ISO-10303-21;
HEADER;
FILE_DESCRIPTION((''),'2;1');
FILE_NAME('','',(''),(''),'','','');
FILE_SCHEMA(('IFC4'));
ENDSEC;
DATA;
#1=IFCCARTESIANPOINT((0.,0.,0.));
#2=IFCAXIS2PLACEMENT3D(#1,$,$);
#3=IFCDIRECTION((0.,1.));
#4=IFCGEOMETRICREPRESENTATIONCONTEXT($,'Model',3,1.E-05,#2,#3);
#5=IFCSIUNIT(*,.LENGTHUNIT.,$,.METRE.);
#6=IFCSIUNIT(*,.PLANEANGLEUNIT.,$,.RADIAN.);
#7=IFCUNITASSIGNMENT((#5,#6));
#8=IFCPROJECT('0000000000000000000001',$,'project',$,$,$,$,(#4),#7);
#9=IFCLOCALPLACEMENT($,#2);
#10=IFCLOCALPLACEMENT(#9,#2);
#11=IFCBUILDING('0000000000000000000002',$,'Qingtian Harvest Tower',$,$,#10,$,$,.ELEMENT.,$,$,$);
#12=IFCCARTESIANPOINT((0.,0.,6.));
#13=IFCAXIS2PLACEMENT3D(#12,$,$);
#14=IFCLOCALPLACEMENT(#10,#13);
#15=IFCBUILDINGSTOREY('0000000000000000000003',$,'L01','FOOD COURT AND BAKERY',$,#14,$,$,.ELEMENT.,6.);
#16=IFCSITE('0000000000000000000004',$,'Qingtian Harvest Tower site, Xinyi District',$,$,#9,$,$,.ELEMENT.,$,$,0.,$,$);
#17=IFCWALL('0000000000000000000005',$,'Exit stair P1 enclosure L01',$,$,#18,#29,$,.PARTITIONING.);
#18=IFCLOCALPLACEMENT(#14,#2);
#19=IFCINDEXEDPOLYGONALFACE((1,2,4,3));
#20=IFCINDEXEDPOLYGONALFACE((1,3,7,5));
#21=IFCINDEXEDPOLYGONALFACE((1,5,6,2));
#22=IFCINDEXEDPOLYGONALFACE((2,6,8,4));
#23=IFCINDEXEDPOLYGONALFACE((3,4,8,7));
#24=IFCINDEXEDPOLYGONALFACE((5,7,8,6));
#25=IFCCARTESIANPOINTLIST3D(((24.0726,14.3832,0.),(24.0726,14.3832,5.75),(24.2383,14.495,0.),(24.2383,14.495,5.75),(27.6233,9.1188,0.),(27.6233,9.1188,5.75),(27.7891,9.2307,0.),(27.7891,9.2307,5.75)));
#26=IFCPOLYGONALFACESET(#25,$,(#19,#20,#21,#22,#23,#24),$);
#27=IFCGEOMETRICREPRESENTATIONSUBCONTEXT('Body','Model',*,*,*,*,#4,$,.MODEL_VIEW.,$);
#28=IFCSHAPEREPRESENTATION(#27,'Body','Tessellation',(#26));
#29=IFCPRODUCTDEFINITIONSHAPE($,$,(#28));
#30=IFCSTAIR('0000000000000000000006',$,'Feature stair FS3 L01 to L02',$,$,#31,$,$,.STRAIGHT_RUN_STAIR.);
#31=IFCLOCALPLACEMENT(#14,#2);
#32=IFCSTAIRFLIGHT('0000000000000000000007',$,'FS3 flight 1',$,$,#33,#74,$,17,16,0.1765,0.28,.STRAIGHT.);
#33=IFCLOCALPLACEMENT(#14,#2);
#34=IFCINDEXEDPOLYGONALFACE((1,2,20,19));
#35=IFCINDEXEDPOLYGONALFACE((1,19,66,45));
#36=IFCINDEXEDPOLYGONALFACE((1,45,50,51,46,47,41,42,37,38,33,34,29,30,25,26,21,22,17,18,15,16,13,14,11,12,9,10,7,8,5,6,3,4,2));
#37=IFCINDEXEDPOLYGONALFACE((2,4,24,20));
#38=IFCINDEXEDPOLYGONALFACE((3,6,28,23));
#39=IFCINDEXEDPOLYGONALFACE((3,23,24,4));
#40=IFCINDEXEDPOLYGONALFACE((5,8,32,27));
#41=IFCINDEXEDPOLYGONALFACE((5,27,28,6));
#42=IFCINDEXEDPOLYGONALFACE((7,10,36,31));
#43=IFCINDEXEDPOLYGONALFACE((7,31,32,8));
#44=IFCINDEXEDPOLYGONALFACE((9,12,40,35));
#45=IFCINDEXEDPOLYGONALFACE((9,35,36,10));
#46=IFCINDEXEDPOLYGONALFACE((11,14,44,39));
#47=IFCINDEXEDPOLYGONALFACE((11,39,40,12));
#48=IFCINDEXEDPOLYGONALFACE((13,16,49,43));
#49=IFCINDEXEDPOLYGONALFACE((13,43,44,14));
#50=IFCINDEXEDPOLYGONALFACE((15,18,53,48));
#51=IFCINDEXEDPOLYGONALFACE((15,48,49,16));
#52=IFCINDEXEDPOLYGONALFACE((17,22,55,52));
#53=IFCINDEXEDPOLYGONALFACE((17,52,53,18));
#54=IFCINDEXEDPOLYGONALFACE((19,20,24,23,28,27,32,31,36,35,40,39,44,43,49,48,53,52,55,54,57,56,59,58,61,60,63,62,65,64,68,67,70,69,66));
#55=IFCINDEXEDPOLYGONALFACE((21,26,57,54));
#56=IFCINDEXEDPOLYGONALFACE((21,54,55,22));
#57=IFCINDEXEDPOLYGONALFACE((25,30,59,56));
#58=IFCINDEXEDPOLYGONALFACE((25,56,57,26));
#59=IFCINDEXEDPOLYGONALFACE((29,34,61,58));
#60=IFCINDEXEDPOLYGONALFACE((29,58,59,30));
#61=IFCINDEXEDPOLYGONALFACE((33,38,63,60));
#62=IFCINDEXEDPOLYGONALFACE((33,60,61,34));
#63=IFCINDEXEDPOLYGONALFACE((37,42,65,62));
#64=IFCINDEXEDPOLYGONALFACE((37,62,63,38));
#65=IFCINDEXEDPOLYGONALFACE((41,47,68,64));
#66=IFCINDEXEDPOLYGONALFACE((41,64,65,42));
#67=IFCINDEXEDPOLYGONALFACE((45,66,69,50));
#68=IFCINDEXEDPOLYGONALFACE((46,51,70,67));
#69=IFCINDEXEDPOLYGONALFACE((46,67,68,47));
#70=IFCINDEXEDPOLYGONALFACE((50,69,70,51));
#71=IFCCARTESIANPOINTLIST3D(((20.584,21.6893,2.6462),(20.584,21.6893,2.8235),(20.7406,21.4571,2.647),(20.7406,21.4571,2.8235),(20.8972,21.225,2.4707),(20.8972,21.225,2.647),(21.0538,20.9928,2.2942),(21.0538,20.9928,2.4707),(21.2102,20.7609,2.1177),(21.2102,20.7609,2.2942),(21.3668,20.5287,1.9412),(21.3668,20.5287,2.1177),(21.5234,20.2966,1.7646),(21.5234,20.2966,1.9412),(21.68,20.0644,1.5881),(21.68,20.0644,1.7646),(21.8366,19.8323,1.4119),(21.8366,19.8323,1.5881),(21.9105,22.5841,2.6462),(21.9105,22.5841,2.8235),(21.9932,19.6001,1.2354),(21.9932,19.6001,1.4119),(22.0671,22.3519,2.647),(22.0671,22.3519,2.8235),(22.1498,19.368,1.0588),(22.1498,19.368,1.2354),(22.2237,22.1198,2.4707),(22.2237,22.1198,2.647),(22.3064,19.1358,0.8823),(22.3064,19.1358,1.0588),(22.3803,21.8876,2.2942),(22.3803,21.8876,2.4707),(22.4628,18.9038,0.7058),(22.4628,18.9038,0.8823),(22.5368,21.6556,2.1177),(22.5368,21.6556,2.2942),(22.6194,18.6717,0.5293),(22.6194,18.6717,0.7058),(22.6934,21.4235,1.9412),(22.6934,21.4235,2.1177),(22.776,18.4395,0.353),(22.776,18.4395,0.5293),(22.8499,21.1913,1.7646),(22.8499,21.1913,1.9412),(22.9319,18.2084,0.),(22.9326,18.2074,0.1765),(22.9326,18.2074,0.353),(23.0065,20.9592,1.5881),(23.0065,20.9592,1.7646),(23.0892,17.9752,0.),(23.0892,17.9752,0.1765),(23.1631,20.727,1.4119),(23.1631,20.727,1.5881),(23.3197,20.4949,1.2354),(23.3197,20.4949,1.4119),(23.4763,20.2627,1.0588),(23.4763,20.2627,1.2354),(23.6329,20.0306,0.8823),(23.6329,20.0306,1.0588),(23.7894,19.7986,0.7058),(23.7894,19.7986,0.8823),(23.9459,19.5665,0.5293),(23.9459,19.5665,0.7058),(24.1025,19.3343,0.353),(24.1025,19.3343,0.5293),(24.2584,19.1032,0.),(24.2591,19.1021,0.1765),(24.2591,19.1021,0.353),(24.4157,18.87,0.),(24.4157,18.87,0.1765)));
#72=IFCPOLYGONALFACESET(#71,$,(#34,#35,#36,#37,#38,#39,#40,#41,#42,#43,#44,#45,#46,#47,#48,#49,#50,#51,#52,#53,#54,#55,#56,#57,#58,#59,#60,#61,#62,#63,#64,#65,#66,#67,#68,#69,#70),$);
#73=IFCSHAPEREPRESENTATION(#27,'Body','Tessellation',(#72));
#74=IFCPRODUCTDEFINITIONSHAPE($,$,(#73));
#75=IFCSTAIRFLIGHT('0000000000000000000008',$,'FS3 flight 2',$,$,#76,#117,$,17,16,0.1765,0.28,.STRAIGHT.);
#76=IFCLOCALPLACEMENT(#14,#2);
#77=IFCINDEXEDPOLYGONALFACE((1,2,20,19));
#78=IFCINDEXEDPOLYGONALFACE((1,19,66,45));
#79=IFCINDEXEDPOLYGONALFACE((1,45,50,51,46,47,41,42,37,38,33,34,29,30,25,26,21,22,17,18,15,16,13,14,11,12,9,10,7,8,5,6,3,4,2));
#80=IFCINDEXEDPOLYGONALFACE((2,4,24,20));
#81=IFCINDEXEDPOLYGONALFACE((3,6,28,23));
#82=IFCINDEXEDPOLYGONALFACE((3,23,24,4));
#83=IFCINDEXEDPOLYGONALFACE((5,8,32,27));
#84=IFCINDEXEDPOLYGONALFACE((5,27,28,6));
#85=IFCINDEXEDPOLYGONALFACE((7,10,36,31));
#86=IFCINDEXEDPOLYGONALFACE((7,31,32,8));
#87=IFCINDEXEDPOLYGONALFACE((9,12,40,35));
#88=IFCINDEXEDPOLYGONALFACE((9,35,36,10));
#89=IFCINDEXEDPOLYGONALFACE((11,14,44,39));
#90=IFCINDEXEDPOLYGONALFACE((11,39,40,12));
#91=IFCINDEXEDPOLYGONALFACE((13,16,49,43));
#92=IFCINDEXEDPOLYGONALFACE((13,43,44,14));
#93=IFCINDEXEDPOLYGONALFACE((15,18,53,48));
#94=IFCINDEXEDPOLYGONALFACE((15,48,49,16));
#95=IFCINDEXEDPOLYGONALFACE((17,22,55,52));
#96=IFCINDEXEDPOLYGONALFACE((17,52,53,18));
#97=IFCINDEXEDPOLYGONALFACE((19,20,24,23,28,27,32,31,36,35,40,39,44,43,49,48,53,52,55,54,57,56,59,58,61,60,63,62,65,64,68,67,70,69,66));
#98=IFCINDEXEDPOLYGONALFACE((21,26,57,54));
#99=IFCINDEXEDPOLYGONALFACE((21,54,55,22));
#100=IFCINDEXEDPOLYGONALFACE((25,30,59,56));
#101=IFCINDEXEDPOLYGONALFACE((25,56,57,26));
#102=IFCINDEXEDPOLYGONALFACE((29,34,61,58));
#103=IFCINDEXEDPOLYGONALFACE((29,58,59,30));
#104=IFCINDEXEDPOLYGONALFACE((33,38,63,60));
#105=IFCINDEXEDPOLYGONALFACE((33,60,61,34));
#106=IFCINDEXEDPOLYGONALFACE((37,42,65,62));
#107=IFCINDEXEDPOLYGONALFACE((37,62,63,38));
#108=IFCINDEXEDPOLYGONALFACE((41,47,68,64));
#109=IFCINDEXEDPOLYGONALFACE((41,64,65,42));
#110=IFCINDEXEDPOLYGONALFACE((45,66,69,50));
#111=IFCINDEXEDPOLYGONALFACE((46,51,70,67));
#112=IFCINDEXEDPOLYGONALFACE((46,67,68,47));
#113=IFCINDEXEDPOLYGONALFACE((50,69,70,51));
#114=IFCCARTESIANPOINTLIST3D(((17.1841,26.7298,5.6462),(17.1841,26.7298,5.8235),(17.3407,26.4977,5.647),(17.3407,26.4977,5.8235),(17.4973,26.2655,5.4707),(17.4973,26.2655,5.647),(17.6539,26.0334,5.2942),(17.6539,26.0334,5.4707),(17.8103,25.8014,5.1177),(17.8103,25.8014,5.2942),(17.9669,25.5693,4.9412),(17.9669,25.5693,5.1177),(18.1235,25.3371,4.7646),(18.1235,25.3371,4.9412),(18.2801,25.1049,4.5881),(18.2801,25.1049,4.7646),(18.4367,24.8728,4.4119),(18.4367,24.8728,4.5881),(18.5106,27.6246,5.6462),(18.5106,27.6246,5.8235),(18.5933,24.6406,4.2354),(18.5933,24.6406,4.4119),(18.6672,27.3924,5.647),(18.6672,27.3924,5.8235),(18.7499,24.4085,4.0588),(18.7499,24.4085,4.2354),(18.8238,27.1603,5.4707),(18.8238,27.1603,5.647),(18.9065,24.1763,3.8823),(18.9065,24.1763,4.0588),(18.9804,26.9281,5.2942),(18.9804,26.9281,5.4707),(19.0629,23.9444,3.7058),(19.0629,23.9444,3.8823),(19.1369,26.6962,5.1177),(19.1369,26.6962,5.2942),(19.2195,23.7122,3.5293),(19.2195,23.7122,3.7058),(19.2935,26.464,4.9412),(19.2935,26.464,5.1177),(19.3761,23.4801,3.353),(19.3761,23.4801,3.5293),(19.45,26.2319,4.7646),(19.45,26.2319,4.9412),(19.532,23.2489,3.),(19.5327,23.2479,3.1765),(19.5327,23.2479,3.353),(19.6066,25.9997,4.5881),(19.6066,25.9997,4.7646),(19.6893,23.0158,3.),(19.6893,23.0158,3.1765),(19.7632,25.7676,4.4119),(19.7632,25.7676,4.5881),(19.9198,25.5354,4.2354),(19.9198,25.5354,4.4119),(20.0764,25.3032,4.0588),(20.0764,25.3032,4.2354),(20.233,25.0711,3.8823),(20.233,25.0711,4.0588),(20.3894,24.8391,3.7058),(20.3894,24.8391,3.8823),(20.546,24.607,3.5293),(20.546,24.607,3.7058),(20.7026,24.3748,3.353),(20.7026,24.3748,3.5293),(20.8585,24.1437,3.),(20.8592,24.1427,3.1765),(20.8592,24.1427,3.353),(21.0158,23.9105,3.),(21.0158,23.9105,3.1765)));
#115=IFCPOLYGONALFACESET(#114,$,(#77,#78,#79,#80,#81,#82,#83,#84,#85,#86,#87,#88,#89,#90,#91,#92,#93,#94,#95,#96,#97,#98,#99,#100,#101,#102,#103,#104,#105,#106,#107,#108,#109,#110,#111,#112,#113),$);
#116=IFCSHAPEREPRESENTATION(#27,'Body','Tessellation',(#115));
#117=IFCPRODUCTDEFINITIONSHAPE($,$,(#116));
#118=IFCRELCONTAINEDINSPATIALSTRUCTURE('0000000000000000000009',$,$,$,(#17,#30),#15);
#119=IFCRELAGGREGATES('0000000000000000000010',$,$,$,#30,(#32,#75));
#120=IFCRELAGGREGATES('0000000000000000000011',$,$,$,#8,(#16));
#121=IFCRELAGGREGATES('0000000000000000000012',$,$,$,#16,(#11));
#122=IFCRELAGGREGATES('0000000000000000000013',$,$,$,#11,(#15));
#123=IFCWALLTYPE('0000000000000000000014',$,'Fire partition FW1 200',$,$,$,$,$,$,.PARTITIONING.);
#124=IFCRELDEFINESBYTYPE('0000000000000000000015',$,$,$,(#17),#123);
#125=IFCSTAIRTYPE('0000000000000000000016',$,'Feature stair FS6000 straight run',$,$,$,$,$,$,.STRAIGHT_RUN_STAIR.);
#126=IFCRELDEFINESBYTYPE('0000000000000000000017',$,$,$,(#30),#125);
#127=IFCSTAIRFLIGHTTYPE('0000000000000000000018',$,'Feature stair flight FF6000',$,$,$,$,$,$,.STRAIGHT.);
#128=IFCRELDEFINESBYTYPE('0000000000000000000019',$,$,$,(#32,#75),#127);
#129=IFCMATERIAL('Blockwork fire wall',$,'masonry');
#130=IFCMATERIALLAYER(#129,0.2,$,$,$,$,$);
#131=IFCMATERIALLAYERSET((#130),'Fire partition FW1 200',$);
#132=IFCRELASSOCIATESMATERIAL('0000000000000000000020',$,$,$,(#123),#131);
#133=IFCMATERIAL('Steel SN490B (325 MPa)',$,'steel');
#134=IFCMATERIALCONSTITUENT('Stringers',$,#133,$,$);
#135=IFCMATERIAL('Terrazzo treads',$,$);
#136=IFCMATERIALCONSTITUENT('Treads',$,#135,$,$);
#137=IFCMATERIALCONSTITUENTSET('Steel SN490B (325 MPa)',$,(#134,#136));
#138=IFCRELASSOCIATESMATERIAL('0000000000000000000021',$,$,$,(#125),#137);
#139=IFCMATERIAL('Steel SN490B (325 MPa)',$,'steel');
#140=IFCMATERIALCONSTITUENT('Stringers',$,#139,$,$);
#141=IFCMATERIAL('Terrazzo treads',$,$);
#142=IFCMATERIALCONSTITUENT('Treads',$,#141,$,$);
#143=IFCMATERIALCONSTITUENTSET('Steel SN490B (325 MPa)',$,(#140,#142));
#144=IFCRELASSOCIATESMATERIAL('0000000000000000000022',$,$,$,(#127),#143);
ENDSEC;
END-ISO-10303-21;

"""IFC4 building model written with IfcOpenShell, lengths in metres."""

from ifc_helpers import new_model, si_unit, direction, frame, frame_2d, origin, place, context, subcontext, project, spatial, polyline, rectangle, outline, extrude, material, layer, layer_set, constituent, constituent_set, type_object, element, aggregate, save


model = new_model("IFC4")

# Units and contexts
model_context = context("Model", 3, precision=1e-05, world=origin(), true_north=direction((0.0, 1.0)))
body_context = subcontext(model_context, "Body", "Model", "MODEL_VIEW")
ifc_project = project(units=[si_unit("LENGTHUNIT", "METRE"), si_unit("PLANEANGLEUNIT", "RADIAN")], contexts=[model_context])

# Site, building, storey
site_placement = place(None, origin())
site = spatial("IfcSite", under=ifc_project, at=site_placement, Name="Qingtian Harvest Tower site, Xinyi District", CompositionType="ELEMENT", RefElevation=0.0)
building_placement = place(site_placement, origin())
building = spatial("IfcBuilding", under=site, at=building_placement, Name="Qingtian Harvest Tower", CompositionType="ELEMENT")
storey_placement = place(building_placement, frame((0.0, 0.0, 6.0)))
storey = spatial("IfcBuildingStorey", under=building, at=storey_placement, Name="L01", Description="FOOD COURT AND BAKERY", CompositionType="ELEMENT", Elevation=6.0)

# Shared definitions
ifc_material_1 = material(Name="Blockwork fire wall", Category="masonry")
ifc_layer_1 = layer(ifc_material_1, 0.2)
ifc_layer_set_1 = layer_set([ifc_layer_1], Name="Fire partition FW1 200")
wall_type_1 = type_object("IfcWallType", Name="Fire partition FW1 200", PredefinedType="PARTITIONING", material=ifc_layer_set_1)

# Wall
wall_1_placement = place(storey_placement, frame((24.1555, 14.439, 0.0), z_axis=(0.0, 0.0, 1.0), x_axis=(0.559182, -0.829045, 0.0)))
element("IfcWall", 1, at=wall_1_placement, inside=storey, type_object=wall_type_1, Name="Exit stair P1 enclosure L01", PredefinedType="PARTITIONING", context=body_context, shape_type="SweptSolid", body=[
    extrude(rectangle(XDim=6.3499, YDim=0.2, at=frame_2d((3.1748, 0.0))), origin(), (0.0, 0.0, 1.0), 5.75),
])

# Stair, stair flights
ifc_material_2 = material(Name="Steel SN490B (325 MPa)", Category="steel")
ifc_constituent_1 = constituent(ifc_material_2, Name="Stringers")
ifc_material_3 = material(Name="Terrazzo treads")
ifc_constituent_2 = constituent(ifc_material_3, Name="Treads")
ifc_constituent_set_1 = constituent_set(constituents=[ifc_constituent_1, ifc_constituent_2], Name="Steel SN490B (325 MPa)")
stair_type = type_object("IfcStairType", Name="Feature stair FS6000 straight run", PredefinedType="STRAIGHT_RUN_STAIR", material=ifc_constituent_set_1)
stair_placement = place(storey_placement, origin())
stair = element("IfcStair", 2, at=stair_placement, inside=storey, type_object=stair_type, Name="Feature stair FS3 L01 to L02", PredefinedType="STRAIGHT_RUN_STAIR")
ifc_material_4 = material(Name="Steel SN490B (325 MPa)", Category="steel")
ifc_constituent_3 = constituent(ifc_material_4, Name="Stringers")
ifc_material_5 = material(Name="Terrazzo treads")
ifc_constituent_4 = constituent(ifc_material_5, Name="Treads")
ifc_constituent_set_2 = constituent_set(constituents=[ifc_constituent_3, ifc_constituent_4], Name="Steel SN490B (325 MPa)")
stair_flight_type = type_object("IfcStairFlightType", Name="Feature stair flight FF6000", PredefinedType="STRAIGHT", material=ifc_constituent_set_2)
stair_flight_1_placement = place(storey_placement, frame((23.7524, 18.4226, 0.0), z_axis=(0.0, 0.0, 1.0), x_axis=(-0.559193, 0.829038, 0.0)))
stair_flight_1 = element("IfcStairFlight", 3, at=stair_flight_1_placement, type_object=stair_flight_type, Name="FS3 flight 1", NumberOfRisers=17, NumberOfTreads=16, PredefinedType="STRAIGHT", RiserHeight=0.1765, TreadLength=0.28, context=body_context, shape_type="SweptSolid", body=[
    extrude(outline(polyline([(0.0, 0.0), (0.0, 0.1765), (0.28, 0.1765), (0.28, 0.353), (0.5601, 0.353), (0.5601, 0.5293), (0.8401, 0.5293), (0.8401, 0.7058), (1.1201, 0.7058), (1.1201, 0.8823), (1.3999, 0.8823), (1.3999, 1.0588), (1.6799, 1.0588), (1.6799, 1.2354), (1.96, 1.2354), (1.96, 1.4119), (2.24, 1.4119), (2.24, 1.5881), (2.52, 1.5881), (2.52, 1.7646), (2.8, 1.7646), (2.8, 1.9412), (3.0801, 1.9412), (3.0801, 2.1177), (3.3601, 2.1177), (3.3601, 2.2942), (3.6399, 2.2942), (3.6399, 2.4707), (3.9199, 2.4707), (3.9199, 2.647), (4.2, 2.647), (4.2, 2.8235), (4.48, 2.8235), (4.48, 3.0), (4.48, 2.6462), (0.2812, 0.0), (0.0, 0.0)])), frame((0.0, 0.8, 0.0), z_axis=(0.0, -1.0, 0.0), x_axis=(1.0, 0.0, 0.0)), (0.0, 0.0, 1.0), 1.6001),
])
stair_flight_2_placement = place(storey_placement, frame((20.3525, 23.4631, 3.0), z_axis=(0.0, 0.0, 1.0), x_axis=(-0.559193, 0.829038, 0.0)))
stair_flight_2 = element("IfcStairFlight", 4, at=stair_flight_2_placement, type_object=stair_flight_type, Name="FS3 flight 2", NumberOfRisers=17, NumberOfTreads=16, PredefinedType="STRAIGHT", RiserHeight=0.1765, TreadLength=0.28, context=body_context, shape_type="SweptSolid", body=[
    extrude(outline(polyline([(0.0, 0.0), (0.0, 0.1765), (0.28, 0.1765), (0.28, 0.353), (0.5601, 0.353), (0.5601, 0.5293), (0.8401, 0.5293), (0.8401, 0.7058), (1.1201, 0.7058), (1.1201, 0.8823), (1.3999, 0.8823), (1.3999, 1.0588), (1.6799, 1.0588), (1.6799, 1.2354), (1.96, 1.2354), (1.96, 1.4119), (2.24, 1.4119), (2.24, 1.5881), (2.52, 1.5881), (2.52, 1.7646), (2.8, 1.7646), (2.8, 1.9412), (3.0801, 1.9412), (3.0801, 2.1177), (3.3601, 2.1177), (3.3601, 2.2942), (3.6399, 2.2942), (3.6399, 2.4707), (3.9199, 2.4707), (3.9199, 2.647), (4.2, 2.647), (4.2, 2.8235), (4.48, 2.8235), (4.48, 3.0), (4.48, 2.6462), (0.2812, 0.0), (0.0, 0.0)])), frame((0.0, 0.8, 0.0), z_axis=(0.0, -1.0, 0.0), x_axis=(1.0, 0.0, 0.0)), (0.0, 0.0, 1.0), 1.6001),
])
aggregate(stair, [stair_flight_1, stair_flight_2])

save(model, "model.ifc")
